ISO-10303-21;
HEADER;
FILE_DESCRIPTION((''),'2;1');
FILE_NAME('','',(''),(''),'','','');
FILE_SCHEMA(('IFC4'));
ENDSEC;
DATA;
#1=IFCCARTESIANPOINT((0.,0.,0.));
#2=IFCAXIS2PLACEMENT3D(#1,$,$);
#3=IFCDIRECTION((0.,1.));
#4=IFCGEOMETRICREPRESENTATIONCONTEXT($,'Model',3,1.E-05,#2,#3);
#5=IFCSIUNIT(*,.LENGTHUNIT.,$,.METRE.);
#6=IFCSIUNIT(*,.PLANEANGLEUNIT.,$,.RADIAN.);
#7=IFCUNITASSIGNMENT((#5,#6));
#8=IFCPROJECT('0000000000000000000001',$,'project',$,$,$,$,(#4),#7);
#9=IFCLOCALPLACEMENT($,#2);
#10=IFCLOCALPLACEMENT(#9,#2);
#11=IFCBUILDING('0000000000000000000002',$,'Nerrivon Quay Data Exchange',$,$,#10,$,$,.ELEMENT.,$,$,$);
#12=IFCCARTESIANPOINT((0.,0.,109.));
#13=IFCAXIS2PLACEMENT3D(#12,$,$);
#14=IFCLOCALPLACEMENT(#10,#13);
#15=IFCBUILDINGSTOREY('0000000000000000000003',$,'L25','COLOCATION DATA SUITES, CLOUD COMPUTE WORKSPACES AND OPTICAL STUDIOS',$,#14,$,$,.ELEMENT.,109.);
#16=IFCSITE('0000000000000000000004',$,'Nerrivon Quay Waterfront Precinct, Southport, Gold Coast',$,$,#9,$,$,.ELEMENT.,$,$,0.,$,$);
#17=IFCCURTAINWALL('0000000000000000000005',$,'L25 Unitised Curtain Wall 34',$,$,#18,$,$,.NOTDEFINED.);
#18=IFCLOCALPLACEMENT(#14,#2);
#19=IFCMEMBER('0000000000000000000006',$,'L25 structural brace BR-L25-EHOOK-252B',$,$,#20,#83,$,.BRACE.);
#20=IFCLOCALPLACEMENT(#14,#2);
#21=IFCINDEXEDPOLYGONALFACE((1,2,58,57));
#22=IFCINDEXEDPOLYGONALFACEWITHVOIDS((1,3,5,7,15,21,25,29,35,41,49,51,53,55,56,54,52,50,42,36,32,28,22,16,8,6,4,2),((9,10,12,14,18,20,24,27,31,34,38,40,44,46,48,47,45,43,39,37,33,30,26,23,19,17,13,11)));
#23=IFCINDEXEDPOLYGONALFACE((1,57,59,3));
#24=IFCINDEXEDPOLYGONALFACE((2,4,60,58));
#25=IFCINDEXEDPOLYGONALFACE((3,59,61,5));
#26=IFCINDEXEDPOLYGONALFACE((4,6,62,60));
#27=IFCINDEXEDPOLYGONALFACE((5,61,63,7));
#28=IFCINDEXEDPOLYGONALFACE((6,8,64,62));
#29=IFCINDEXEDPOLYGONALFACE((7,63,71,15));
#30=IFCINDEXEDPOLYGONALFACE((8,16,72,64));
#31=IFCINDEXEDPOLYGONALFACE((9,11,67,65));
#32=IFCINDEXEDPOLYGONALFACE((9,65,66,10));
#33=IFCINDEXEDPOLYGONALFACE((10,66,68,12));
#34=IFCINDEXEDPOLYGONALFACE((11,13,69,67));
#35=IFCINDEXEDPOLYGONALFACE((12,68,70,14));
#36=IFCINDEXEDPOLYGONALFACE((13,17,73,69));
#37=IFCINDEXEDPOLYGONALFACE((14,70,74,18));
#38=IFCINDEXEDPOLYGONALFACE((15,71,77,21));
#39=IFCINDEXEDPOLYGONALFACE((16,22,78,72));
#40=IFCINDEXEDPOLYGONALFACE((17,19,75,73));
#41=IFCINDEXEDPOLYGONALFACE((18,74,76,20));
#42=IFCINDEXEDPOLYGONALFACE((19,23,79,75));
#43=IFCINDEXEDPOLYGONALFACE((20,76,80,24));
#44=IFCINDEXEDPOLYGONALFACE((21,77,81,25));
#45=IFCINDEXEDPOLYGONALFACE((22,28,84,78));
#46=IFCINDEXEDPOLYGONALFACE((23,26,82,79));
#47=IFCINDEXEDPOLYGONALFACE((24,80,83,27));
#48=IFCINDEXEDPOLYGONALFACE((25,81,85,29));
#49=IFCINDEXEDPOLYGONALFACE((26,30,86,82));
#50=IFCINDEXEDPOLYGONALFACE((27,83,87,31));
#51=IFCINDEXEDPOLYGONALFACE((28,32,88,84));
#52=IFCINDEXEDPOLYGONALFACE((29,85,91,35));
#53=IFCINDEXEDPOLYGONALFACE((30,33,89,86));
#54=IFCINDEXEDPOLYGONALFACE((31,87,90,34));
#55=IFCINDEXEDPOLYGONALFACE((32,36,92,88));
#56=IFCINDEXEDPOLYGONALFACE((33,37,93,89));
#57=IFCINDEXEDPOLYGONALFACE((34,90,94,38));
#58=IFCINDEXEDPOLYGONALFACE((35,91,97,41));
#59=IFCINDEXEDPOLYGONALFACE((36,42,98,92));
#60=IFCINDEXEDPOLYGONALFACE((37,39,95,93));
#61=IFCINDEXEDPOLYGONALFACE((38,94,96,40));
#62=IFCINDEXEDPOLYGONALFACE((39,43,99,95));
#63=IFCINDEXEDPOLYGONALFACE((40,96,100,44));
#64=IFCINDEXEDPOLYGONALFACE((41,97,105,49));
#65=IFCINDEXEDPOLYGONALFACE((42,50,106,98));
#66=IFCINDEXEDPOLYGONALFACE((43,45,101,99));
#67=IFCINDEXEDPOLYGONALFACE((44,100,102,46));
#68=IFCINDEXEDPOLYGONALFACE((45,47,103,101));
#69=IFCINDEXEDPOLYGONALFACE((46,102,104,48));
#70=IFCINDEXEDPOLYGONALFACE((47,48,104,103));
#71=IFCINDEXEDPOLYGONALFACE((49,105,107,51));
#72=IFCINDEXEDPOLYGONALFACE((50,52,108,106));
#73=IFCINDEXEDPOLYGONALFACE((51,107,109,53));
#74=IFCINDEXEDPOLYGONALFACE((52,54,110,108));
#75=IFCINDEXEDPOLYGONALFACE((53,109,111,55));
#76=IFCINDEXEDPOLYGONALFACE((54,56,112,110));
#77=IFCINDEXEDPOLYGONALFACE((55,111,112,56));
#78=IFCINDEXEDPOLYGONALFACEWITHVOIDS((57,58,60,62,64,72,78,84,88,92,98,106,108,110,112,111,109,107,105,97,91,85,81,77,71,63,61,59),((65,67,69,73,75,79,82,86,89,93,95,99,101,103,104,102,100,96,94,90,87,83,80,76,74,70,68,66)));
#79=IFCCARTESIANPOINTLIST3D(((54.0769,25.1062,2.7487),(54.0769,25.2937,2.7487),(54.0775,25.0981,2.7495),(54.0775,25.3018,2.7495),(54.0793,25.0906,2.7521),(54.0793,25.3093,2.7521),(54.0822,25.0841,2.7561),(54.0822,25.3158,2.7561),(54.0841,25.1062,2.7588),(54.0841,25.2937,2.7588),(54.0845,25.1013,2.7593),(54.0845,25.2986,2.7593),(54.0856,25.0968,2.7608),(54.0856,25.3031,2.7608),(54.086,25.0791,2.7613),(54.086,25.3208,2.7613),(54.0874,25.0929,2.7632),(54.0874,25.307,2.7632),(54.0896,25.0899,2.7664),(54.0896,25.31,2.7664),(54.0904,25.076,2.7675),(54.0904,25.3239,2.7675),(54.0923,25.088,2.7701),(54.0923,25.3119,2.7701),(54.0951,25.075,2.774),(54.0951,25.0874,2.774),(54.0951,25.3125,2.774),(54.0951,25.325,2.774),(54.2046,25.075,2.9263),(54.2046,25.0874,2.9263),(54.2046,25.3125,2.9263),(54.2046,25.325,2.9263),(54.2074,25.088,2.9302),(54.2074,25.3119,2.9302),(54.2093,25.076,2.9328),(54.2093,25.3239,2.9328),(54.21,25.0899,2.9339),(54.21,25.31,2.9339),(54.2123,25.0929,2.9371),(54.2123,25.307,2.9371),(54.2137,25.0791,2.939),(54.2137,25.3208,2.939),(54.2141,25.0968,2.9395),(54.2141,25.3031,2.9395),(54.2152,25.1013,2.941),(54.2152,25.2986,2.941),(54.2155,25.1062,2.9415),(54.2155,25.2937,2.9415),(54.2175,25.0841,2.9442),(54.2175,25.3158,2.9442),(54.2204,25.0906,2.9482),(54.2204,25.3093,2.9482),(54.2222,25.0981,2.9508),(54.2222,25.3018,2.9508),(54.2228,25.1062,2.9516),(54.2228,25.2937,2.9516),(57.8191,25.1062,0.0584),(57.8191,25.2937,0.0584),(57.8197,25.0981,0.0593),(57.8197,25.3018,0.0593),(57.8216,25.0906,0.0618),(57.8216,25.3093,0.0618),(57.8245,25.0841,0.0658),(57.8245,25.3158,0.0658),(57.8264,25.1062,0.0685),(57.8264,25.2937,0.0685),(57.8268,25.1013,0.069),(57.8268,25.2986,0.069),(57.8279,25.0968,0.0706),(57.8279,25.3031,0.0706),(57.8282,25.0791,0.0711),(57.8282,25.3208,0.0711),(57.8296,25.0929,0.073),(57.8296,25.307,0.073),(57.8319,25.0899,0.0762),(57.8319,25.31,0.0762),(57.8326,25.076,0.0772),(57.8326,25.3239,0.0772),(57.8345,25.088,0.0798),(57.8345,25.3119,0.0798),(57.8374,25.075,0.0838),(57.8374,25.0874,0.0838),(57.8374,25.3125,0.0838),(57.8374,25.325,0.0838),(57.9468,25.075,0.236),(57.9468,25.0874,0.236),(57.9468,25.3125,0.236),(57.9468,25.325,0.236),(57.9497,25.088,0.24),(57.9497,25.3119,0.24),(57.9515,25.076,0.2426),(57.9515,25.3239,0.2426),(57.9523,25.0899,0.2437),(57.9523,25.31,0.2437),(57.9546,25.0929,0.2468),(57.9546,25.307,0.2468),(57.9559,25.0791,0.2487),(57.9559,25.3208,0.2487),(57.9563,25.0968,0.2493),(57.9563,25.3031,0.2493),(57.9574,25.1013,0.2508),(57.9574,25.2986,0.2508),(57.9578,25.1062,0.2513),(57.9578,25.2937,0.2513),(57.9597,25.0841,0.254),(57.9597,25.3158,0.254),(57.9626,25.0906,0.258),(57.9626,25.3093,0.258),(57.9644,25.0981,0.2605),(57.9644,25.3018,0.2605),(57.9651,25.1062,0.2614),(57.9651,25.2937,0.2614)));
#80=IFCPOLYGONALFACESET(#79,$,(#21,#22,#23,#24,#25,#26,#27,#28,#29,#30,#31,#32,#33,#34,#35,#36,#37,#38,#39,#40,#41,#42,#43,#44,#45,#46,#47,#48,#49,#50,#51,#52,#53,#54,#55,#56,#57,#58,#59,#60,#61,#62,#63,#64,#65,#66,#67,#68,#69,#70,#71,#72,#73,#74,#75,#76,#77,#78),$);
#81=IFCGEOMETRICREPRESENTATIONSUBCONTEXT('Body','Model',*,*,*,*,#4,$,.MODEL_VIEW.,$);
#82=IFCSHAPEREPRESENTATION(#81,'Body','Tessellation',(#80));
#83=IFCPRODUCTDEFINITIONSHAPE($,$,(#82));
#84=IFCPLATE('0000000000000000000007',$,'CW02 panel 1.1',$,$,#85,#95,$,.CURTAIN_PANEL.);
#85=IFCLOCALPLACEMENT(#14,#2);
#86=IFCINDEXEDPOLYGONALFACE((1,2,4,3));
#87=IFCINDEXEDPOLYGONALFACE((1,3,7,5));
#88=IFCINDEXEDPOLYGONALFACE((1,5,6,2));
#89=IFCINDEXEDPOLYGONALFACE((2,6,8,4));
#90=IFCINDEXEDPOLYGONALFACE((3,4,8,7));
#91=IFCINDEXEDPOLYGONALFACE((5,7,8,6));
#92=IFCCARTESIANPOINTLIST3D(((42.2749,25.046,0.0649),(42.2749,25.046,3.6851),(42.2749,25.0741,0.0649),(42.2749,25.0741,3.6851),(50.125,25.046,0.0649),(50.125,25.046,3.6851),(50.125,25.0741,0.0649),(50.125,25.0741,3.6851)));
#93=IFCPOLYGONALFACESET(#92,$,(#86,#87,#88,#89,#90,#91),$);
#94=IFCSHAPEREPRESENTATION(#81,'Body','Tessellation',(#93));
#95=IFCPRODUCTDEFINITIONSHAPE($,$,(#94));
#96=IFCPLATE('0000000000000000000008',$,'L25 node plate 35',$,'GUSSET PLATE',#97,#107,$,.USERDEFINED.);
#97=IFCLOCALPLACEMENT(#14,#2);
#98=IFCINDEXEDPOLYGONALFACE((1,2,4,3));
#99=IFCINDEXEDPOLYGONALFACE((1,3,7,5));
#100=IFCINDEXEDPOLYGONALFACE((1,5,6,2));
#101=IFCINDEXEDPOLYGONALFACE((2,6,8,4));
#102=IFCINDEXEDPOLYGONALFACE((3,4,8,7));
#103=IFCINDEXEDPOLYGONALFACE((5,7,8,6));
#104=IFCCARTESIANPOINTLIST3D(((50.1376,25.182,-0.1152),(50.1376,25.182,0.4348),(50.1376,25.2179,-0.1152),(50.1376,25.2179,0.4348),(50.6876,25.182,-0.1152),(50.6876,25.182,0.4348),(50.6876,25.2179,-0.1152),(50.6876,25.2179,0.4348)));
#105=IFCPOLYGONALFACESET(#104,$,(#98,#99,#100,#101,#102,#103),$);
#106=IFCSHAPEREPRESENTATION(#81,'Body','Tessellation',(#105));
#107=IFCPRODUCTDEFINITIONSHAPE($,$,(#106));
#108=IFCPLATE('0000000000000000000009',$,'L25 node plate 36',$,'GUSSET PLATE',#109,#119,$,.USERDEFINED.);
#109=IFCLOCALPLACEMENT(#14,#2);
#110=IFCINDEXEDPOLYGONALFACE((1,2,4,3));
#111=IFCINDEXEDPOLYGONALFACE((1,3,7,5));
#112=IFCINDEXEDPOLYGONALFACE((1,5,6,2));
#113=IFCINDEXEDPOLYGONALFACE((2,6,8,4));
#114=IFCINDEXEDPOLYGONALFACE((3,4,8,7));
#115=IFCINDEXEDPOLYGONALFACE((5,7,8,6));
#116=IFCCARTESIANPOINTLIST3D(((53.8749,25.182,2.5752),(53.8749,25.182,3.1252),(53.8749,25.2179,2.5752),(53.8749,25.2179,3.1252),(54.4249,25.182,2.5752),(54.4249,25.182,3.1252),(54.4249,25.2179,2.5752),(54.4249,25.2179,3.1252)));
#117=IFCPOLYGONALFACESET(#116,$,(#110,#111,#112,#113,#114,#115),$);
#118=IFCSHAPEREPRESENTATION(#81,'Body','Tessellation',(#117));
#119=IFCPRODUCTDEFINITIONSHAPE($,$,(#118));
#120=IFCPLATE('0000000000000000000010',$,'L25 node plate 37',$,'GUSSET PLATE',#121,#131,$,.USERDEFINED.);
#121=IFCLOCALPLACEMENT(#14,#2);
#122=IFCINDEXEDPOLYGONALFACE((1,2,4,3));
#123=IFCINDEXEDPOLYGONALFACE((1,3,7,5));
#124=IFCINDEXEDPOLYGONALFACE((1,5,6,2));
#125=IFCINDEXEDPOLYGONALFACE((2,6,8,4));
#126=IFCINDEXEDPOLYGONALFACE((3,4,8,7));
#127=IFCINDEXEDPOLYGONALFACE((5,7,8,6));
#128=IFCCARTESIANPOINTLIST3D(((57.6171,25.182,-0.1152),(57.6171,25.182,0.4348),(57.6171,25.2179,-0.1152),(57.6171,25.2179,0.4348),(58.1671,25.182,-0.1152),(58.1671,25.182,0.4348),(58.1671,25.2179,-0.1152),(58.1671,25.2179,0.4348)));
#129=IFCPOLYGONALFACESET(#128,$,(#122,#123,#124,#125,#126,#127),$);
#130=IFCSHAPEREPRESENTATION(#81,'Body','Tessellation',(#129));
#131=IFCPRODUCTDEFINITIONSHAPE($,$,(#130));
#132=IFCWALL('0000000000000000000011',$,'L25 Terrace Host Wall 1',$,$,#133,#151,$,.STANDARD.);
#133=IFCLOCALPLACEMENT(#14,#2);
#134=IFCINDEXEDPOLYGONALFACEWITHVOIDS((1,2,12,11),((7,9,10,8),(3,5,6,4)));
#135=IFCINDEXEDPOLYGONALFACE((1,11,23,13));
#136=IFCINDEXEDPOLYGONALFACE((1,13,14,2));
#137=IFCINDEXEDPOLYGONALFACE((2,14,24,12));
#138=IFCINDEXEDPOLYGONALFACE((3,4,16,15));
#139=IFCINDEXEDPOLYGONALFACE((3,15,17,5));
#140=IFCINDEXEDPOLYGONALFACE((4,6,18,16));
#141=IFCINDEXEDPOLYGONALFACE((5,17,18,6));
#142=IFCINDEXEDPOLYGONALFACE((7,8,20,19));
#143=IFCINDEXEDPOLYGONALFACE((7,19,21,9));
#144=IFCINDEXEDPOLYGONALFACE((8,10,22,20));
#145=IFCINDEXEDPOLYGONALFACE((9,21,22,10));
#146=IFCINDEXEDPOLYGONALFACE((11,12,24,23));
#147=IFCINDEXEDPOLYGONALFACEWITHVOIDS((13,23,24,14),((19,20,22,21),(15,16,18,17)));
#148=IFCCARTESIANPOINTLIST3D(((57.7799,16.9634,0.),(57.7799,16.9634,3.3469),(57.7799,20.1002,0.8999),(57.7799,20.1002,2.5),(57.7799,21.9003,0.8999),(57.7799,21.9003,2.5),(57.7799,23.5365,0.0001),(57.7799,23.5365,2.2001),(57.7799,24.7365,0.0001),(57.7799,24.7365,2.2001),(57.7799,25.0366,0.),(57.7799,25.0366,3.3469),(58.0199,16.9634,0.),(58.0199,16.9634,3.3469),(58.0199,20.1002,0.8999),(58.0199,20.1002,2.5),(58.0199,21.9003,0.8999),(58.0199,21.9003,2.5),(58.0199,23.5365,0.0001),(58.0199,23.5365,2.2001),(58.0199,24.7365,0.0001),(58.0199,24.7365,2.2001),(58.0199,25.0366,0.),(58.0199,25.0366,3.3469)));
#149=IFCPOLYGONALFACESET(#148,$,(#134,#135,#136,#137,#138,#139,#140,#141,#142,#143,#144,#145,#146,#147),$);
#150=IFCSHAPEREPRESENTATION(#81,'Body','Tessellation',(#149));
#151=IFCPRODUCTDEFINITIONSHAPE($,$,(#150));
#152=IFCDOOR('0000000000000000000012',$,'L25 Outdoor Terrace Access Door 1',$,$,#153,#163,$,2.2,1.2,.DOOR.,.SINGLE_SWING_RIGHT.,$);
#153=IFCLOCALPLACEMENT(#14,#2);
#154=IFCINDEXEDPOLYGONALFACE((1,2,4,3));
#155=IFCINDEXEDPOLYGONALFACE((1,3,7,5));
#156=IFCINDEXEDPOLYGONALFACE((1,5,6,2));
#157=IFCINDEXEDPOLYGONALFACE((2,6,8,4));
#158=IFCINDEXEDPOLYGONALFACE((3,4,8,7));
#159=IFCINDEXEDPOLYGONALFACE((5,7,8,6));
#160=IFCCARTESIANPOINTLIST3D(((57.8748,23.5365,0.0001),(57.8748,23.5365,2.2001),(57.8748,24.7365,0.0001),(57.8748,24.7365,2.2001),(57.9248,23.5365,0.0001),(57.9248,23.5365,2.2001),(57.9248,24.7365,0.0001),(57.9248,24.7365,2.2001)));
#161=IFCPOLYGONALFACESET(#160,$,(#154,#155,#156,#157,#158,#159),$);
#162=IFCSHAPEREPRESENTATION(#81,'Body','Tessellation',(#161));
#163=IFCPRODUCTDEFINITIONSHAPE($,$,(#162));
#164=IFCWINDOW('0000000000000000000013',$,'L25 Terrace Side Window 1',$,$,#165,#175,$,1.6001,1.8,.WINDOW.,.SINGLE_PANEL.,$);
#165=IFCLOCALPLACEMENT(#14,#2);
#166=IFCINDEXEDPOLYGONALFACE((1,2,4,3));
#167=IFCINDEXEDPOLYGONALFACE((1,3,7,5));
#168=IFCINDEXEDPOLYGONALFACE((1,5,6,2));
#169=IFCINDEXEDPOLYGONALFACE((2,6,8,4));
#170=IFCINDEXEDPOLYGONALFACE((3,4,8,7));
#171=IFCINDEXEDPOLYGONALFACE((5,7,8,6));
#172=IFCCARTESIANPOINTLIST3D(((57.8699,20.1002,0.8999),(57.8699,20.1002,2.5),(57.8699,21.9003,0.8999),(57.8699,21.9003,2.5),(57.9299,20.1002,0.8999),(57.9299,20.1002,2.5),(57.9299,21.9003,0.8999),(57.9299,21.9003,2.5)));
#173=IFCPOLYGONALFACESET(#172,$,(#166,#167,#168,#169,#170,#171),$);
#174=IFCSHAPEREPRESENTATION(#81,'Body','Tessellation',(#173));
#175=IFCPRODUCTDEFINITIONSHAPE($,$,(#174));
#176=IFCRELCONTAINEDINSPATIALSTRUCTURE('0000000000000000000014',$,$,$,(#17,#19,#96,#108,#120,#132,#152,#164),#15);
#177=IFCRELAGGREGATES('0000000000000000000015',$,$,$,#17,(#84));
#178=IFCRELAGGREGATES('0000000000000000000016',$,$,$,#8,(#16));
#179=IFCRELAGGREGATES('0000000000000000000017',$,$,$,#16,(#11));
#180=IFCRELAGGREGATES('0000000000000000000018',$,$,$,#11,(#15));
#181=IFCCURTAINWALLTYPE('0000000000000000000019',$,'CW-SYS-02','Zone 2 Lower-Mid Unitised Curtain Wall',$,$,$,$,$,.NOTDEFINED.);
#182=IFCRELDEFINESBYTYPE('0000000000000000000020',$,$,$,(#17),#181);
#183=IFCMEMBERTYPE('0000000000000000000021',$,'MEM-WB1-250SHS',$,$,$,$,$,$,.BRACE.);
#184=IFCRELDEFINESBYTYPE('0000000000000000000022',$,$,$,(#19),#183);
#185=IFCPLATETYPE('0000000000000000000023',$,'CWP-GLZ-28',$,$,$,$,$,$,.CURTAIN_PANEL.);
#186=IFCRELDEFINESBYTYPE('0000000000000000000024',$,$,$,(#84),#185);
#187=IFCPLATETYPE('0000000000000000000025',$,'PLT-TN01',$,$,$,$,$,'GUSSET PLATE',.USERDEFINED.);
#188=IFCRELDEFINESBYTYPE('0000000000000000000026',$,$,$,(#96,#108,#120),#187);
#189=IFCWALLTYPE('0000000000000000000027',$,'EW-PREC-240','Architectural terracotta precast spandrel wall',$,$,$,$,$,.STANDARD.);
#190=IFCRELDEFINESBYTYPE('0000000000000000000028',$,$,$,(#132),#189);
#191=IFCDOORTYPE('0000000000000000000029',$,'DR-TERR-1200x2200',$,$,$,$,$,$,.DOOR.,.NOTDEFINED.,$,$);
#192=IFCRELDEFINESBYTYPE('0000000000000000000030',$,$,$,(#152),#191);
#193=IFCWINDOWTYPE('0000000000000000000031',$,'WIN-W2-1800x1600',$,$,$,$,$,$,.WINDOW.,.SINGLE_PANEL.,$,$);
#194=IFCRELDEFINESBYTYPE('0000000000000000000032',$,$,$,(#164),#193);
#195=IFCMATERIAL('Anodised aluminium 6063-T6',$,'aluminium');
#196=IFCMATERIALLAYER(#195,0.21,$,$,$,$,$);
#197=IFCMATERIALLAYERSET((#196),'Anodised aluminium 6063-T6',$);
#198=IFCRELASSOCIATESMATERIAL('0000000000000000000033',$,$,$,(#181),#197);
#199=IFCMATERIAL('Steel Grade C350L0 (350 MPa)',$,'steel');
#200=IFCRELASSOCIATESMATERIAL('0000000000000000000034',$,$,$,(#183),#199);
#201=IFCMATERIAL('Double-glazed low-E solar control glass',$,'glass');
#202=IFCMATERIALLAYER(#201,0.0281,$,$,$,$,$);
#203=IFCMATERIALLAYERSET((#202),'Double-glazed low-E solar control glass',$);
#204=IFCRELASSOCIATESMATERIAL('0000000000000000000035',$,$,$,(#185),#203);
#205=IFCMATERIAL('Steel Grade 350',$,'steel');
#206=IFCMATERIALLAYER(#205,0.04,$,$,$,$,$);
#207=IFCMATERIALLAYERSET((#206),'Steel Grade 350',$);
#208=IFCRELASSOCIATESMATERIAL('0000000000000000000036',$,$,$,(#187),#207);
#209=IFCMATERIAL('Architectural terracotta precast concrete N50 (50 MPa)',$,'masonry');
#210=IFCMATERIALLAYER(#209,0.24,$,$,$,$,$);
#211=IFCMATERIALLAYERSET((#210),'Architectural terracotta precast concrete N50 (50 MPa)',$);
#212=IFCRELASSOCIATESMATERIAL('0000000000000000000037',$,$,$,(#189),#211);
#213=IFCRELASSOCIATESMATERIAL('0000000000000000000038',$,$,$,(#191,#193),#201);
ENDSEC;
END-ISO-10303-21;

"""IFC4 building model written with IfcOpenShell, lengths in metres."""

from ifc_helpers import new_model, si_unit, direction, frame, frame_2d, origin, origin_2d, place, context, subcontext, project, spatial, rectangle, hollow_rectangle, extrude, material, layer, layer_set, material_profile, profile_set, type_object, element, fill, aggregate, save


model = new_model("IFC4")

# Units and contexts
model_context = context("Model", 3, precision=1e-05, world=origin(), true_north=direction((0.0, 1.0)))
body_context = subcontext(model_context, "Body", "Model", "MODEL_VIEW")
ifc_project = project(units=[si_unit("LENGTHUNIT", "METRE"), si_unit("PLANEANGLEUNIT", "RADIAN")], contexts=[model_context])

# Site, building, storey
site_placement = place(None, origin())
site = spatial("IfcSite", under=ifc_project, at=site_placement, Name="Nerrivon Quay Waterfront Precinct, Southport, Gold Coast", CompositionType="ELEMENT", RefElevation=0.0)
building_placement = place(site_placement, origin())
building = spatial("IfcBuilding", under=site, at=building_placement, Name="Nerrivon Quay Data Exchange", CompositionType="ELEMENT")
storey_placement = place(building_placement, frame((0.0, 0.0, 109.0)))
storey = spatial("IfcBuildingStorey", under=building, at=storey_placement, Name="L25", Description="COLOCATION DATA SUITES, CLOUD COMPUTE WORKSPACES AND OPTICAL STUDIOS", CompositionType="ELEMENT", Elevation=109.0)

# Shared definitions
ifc_material_1 = material(Name="Steel Grade 350", Category="steel")

# Curtain wall
ifc_material_2 = material(Name="Anodised aluminium 6063-T6", Category="aluminium")
ifc_layer_1 = layer(ifc_material_2, 0.21)
ifc_layer_set_1 = layer_set([ifc_layer_1], Name="Anodised aluminium 6063-T6")
curtain_wall_type = type_object("IfcCurtainWallType", Name="CW-SYS-02", Description="Zone 2 Lower-Mid Unitised Curtain Wall", PredefinedType="NOTDEFINED", material=ifc_layer_set_1)
curtain_wall_placement = place(storey_placement, origin())
curtain_wall = element("IfcCurtainWall", 1, at=curtain_wall_placement, inside=storey, type_object=curtain_wall_type, Name="L25 Unitised Curtain Wall 34", PredefinedType="NOTDEFINED")

# Member
ifc_material_3 = material(Name="Steel Grade C350L0 (350 MPa)", Category="steel")
ifc_material_profile_1 = material_profile(ifc_material_3, hollow_rectangle(XDim=0.25, YDim=0.25, WallThickness=0.0125, InnerFilletRadius=0.0188, OuterFilletRadius=0.0312, at=origin_2d()), Name="250x250x12.5SHS")
ifc_profile_set_1 = profile_set([ifc_material_profile_1], Name="Steel Grade C350L0 (350 MPa)")
member_type_1 = type_object("IfcMemberType", Name="MEM-WB1-250SHS", PredefinedType="BRACE", material=ifc_profile_set_1)
member_1_placement = place(storey_placement, frame((57.8921, 25.2, 0.1599), z_axis=(-0.811965, 0.0, 0.583706), x_axis=(0.0, -1.0, 0.0)))
element("IfcMember", 2, at=member_1_placement, inside=storey, type_object=member_type_1, Name="L25 structural brace BR-L25-EHOOK-252B", PredefinedType="BRACE", context=body_context, shape_type="SweptSolid", body=[
    extrude(hollow_rectangle(XDim=0.25, YDim=0.25, WallThickness=0.0125, InnerFilletRadius=0.0188, OuterFilletRadius=0.0312, at=origin_2d()), origin(), (0.0, 0.0, 1.0), 4.6089),
])

# Plate
ifc_material_4 = material(Name="Double-glazed low-E solar control glass", Category="glass")
ifc_layer_2 = layer(ifc_material_4, 0.0281)
ifc_layer_set_2 = layer_set([ifc_layer_2], Name="Double-glazed low-E solar control glass")
plate_type_1 = type_object("IfcPlateType", Name="CWP-GLZ-28", PredefinedType="CURTAIN_PANEL", material=ifc_layer_set_2)
plate_placement = place(storey_placement, frame((46.2, 25.0601, 0.0649), z_axis=(0.0, 0.0, 1.0), x_axis=(1.0, 0.0, 0.0)))
plate = element("IfcPlate", 3, at=plate_placement, type_object=plate_type_1, Name="CW02 panel 1.1", PredefinedType="CURTAIN_PANEL", context=body_context, shape_type="SweptSolid", body=[
    extrude(rectangle(XDim=7.8501, YDim=0.0281, at=origin_2d()), origin(), (0.0, 0.0, 1.0), 3.6201),
])
aggregate(curtain_wall, [plate])

# Plates
ifc_layer_3 = layer(ifc_material_1, 0.04)
ifc_layer_set_3 = layer_set([ifc_layer_3], Name="Steel Grade 350")
plate_type_2 = type_object("IfcPlateType", Name="PLT-TN01", ElementType="GUSSET PLATE", PredefinedType="USERDEFINED", material=ifc_layer_set_3)
for number, where, z_axis, x_axis, name in (
    (4, (50.4126, 25.2, -0.1152), (0.0, 0.0, 1.0), (1.0, 0.0, 0.0), "L25 node plate 35"),
    (5, (54.1499, 25.2, 2.5752), (0.0, 0.0, 1.0), (1.0, 0.0, 0.0), "L25 node plate 36"),
    (6, (57.8921, 25.2, -0.1152), (0.0, 0.0, 1.0), (1.0, 0.0, 0.0), "L25 node plate 37"),
):
    element("IfcPlate", number, at=place(storey_placement, frame(where, z_axis=z_axis, x_axis=x_axis)), inside=storey, type_object=plate_type_2, Name=name, ObjectType="GUSSET PLATE", PredefinedType="USERDEFINED", context=body_context, shape_type="SweptSolid", body=[
        extrude(rectangle(XDim=0.55, YDim=0.0359, at=origin_2d()), origin(), (0.0, 0.0, 1.0), 0.55),
    ])

# Wall, openings, door, window
ifc_material_5 = material(Name="Architectural terracotta precast concrete N50 (50 MPa)", Category="masonry")
ifc_layer_4 = layer(ifc_material_5, 0.24)
ifc_layer_set_4 = layer_set([ifc_layer_4], Name="Architectural terracotta precast concrete N50 (50 MPa)")
wall_type_1 = type_object("IfcWallType", Name="EW-PREC-240", Description="Architectural terracotta precast spandrel wall", PredefinedType="STANDARD", material=ifc_layer_set_4)
wall_1_placement = place(storey_placement, frame((57.8999, 25.0366, 0.0), z_axis=(0.0, 0.0, 1.0), x_axis=(0.0, -1.0, 0.0)))
wall_1 = element("IfcWall", 7, at=wall_1_placement, inside=storey, type_object=wall_type_1, Name="L25 Terrace Host Wall 1", PredefinedType="STANDARD", context=body_context, shape_type="SweptSolid", body=[
    extrude(rectangle(XDim=8.0732, YDim=0.24, at=frame_2d((4.0366, 0.0))), origin(), (0.0, 0.0, 1.0), 3.3469),
])
opening_1_placement = place(wall_1_placement, frame((0.3, 0.0, 0.0)))
opening_1 = element("IfcOpeningElement", 8, at=opening_1_placement, cuts=wall_1, PredefinedType="OPENING", context=body_context, shape_type="SweptSolid", body=[
    extrude(rectangle(XDim=1.2, YDim=2.2, at=frame_2d((0.6001, 1.1001))), frame((0.0, 0.1299, 0.0), z_axis=(0.0, -1.0, 0.0), x_axis=(1.0, 0.0, 0.0)), (0.0, 0.0, 1.0), 0.26),
])
opening_2_placement = place(wall_1_placement, frame((3.1365, 0.0, 0.8999)))
opening_2 = element("IfcOpeningElement", 9, at=opening_2_placement, cuts=wall_1, PredefinedType="OPENING", context=body_context, shape_type="SweptSolid", body=[
    extrude(rectangle(XDim=1.8, YDim=1.6001, at=frame_2d((0.8999, 0.8))), frame((0.0, 0.1299, 0.0), z_axis=(0.0, -1.0, 0.0), x_axis=(1.0, 0.0, 0.0)), (0.0, 0.0, 1.0), 0.26),
])
door_type = type_object("IfcDoorType", Name="DR-TERR-1200x2200", OperationType="NOTDEFINED", PredefinedType="DOOR", material=ifc_material_4)
door_1_placement = place(opening_1_placement, origin())
door_1 = element("IfcDoor", 10, at=door_1_placement, inside=storey, type_object=door_type, Name="L25 Outdoor Terrace Access Door 1", OperationType="SINGLE_SWING_RIGHT", OverallHeight=2.2, OverallWidth=1.2, PredefinedType="DOOR", context=body_context, shape_type="SweptSolid", body=[
    extrude(rectangle(XDim=1.2, YDim=2.2, at=frame_2d((0.6001, 1.1001))), frame((0.0, 0.0249, 0.0), z_axis=(0.0, -1.0, 0.0), x_axis=(1.0, 0.0, 0.0)), (0.0, 0.0, 1.0), 0.05),
])
fill(opening_1, door_1)
window_type_1 = type_object("IfcWindowType", Name="WIN-W2-1800x1600", PartitioningType="SINGLE_PANEL", PredefinedType="WINDOW", material=ifc_material_4)
window_1_placement = place(opening_2_placement, origin())
window_1 = element("IfcWindow", 11, at=window_1_placement, inside=storey, type_object=window_type_1, Name="L25 Terrace Side Window 1", OverallHeight=1.6001, OverallWidth=1.8, PartitioningType="SINGLE_PANEL", PredefinedType="WINDOW", context=body_context, shape_type="SweptSolid", body=[
    extrude(rectangle(XDim=1.8, YDim=1.6001, at=frame_2d((0.8999, 0.8))), frame((0.0, 0.03, 0.0), z_axis=(0.0, -1.0, 0.0), x_axis=(1.0, 0.0, 0.0)), (0.0, 0.0, 1.0), 0.0601),
])
fill(opening_2, window_1)

save(model, "model.ifc")
